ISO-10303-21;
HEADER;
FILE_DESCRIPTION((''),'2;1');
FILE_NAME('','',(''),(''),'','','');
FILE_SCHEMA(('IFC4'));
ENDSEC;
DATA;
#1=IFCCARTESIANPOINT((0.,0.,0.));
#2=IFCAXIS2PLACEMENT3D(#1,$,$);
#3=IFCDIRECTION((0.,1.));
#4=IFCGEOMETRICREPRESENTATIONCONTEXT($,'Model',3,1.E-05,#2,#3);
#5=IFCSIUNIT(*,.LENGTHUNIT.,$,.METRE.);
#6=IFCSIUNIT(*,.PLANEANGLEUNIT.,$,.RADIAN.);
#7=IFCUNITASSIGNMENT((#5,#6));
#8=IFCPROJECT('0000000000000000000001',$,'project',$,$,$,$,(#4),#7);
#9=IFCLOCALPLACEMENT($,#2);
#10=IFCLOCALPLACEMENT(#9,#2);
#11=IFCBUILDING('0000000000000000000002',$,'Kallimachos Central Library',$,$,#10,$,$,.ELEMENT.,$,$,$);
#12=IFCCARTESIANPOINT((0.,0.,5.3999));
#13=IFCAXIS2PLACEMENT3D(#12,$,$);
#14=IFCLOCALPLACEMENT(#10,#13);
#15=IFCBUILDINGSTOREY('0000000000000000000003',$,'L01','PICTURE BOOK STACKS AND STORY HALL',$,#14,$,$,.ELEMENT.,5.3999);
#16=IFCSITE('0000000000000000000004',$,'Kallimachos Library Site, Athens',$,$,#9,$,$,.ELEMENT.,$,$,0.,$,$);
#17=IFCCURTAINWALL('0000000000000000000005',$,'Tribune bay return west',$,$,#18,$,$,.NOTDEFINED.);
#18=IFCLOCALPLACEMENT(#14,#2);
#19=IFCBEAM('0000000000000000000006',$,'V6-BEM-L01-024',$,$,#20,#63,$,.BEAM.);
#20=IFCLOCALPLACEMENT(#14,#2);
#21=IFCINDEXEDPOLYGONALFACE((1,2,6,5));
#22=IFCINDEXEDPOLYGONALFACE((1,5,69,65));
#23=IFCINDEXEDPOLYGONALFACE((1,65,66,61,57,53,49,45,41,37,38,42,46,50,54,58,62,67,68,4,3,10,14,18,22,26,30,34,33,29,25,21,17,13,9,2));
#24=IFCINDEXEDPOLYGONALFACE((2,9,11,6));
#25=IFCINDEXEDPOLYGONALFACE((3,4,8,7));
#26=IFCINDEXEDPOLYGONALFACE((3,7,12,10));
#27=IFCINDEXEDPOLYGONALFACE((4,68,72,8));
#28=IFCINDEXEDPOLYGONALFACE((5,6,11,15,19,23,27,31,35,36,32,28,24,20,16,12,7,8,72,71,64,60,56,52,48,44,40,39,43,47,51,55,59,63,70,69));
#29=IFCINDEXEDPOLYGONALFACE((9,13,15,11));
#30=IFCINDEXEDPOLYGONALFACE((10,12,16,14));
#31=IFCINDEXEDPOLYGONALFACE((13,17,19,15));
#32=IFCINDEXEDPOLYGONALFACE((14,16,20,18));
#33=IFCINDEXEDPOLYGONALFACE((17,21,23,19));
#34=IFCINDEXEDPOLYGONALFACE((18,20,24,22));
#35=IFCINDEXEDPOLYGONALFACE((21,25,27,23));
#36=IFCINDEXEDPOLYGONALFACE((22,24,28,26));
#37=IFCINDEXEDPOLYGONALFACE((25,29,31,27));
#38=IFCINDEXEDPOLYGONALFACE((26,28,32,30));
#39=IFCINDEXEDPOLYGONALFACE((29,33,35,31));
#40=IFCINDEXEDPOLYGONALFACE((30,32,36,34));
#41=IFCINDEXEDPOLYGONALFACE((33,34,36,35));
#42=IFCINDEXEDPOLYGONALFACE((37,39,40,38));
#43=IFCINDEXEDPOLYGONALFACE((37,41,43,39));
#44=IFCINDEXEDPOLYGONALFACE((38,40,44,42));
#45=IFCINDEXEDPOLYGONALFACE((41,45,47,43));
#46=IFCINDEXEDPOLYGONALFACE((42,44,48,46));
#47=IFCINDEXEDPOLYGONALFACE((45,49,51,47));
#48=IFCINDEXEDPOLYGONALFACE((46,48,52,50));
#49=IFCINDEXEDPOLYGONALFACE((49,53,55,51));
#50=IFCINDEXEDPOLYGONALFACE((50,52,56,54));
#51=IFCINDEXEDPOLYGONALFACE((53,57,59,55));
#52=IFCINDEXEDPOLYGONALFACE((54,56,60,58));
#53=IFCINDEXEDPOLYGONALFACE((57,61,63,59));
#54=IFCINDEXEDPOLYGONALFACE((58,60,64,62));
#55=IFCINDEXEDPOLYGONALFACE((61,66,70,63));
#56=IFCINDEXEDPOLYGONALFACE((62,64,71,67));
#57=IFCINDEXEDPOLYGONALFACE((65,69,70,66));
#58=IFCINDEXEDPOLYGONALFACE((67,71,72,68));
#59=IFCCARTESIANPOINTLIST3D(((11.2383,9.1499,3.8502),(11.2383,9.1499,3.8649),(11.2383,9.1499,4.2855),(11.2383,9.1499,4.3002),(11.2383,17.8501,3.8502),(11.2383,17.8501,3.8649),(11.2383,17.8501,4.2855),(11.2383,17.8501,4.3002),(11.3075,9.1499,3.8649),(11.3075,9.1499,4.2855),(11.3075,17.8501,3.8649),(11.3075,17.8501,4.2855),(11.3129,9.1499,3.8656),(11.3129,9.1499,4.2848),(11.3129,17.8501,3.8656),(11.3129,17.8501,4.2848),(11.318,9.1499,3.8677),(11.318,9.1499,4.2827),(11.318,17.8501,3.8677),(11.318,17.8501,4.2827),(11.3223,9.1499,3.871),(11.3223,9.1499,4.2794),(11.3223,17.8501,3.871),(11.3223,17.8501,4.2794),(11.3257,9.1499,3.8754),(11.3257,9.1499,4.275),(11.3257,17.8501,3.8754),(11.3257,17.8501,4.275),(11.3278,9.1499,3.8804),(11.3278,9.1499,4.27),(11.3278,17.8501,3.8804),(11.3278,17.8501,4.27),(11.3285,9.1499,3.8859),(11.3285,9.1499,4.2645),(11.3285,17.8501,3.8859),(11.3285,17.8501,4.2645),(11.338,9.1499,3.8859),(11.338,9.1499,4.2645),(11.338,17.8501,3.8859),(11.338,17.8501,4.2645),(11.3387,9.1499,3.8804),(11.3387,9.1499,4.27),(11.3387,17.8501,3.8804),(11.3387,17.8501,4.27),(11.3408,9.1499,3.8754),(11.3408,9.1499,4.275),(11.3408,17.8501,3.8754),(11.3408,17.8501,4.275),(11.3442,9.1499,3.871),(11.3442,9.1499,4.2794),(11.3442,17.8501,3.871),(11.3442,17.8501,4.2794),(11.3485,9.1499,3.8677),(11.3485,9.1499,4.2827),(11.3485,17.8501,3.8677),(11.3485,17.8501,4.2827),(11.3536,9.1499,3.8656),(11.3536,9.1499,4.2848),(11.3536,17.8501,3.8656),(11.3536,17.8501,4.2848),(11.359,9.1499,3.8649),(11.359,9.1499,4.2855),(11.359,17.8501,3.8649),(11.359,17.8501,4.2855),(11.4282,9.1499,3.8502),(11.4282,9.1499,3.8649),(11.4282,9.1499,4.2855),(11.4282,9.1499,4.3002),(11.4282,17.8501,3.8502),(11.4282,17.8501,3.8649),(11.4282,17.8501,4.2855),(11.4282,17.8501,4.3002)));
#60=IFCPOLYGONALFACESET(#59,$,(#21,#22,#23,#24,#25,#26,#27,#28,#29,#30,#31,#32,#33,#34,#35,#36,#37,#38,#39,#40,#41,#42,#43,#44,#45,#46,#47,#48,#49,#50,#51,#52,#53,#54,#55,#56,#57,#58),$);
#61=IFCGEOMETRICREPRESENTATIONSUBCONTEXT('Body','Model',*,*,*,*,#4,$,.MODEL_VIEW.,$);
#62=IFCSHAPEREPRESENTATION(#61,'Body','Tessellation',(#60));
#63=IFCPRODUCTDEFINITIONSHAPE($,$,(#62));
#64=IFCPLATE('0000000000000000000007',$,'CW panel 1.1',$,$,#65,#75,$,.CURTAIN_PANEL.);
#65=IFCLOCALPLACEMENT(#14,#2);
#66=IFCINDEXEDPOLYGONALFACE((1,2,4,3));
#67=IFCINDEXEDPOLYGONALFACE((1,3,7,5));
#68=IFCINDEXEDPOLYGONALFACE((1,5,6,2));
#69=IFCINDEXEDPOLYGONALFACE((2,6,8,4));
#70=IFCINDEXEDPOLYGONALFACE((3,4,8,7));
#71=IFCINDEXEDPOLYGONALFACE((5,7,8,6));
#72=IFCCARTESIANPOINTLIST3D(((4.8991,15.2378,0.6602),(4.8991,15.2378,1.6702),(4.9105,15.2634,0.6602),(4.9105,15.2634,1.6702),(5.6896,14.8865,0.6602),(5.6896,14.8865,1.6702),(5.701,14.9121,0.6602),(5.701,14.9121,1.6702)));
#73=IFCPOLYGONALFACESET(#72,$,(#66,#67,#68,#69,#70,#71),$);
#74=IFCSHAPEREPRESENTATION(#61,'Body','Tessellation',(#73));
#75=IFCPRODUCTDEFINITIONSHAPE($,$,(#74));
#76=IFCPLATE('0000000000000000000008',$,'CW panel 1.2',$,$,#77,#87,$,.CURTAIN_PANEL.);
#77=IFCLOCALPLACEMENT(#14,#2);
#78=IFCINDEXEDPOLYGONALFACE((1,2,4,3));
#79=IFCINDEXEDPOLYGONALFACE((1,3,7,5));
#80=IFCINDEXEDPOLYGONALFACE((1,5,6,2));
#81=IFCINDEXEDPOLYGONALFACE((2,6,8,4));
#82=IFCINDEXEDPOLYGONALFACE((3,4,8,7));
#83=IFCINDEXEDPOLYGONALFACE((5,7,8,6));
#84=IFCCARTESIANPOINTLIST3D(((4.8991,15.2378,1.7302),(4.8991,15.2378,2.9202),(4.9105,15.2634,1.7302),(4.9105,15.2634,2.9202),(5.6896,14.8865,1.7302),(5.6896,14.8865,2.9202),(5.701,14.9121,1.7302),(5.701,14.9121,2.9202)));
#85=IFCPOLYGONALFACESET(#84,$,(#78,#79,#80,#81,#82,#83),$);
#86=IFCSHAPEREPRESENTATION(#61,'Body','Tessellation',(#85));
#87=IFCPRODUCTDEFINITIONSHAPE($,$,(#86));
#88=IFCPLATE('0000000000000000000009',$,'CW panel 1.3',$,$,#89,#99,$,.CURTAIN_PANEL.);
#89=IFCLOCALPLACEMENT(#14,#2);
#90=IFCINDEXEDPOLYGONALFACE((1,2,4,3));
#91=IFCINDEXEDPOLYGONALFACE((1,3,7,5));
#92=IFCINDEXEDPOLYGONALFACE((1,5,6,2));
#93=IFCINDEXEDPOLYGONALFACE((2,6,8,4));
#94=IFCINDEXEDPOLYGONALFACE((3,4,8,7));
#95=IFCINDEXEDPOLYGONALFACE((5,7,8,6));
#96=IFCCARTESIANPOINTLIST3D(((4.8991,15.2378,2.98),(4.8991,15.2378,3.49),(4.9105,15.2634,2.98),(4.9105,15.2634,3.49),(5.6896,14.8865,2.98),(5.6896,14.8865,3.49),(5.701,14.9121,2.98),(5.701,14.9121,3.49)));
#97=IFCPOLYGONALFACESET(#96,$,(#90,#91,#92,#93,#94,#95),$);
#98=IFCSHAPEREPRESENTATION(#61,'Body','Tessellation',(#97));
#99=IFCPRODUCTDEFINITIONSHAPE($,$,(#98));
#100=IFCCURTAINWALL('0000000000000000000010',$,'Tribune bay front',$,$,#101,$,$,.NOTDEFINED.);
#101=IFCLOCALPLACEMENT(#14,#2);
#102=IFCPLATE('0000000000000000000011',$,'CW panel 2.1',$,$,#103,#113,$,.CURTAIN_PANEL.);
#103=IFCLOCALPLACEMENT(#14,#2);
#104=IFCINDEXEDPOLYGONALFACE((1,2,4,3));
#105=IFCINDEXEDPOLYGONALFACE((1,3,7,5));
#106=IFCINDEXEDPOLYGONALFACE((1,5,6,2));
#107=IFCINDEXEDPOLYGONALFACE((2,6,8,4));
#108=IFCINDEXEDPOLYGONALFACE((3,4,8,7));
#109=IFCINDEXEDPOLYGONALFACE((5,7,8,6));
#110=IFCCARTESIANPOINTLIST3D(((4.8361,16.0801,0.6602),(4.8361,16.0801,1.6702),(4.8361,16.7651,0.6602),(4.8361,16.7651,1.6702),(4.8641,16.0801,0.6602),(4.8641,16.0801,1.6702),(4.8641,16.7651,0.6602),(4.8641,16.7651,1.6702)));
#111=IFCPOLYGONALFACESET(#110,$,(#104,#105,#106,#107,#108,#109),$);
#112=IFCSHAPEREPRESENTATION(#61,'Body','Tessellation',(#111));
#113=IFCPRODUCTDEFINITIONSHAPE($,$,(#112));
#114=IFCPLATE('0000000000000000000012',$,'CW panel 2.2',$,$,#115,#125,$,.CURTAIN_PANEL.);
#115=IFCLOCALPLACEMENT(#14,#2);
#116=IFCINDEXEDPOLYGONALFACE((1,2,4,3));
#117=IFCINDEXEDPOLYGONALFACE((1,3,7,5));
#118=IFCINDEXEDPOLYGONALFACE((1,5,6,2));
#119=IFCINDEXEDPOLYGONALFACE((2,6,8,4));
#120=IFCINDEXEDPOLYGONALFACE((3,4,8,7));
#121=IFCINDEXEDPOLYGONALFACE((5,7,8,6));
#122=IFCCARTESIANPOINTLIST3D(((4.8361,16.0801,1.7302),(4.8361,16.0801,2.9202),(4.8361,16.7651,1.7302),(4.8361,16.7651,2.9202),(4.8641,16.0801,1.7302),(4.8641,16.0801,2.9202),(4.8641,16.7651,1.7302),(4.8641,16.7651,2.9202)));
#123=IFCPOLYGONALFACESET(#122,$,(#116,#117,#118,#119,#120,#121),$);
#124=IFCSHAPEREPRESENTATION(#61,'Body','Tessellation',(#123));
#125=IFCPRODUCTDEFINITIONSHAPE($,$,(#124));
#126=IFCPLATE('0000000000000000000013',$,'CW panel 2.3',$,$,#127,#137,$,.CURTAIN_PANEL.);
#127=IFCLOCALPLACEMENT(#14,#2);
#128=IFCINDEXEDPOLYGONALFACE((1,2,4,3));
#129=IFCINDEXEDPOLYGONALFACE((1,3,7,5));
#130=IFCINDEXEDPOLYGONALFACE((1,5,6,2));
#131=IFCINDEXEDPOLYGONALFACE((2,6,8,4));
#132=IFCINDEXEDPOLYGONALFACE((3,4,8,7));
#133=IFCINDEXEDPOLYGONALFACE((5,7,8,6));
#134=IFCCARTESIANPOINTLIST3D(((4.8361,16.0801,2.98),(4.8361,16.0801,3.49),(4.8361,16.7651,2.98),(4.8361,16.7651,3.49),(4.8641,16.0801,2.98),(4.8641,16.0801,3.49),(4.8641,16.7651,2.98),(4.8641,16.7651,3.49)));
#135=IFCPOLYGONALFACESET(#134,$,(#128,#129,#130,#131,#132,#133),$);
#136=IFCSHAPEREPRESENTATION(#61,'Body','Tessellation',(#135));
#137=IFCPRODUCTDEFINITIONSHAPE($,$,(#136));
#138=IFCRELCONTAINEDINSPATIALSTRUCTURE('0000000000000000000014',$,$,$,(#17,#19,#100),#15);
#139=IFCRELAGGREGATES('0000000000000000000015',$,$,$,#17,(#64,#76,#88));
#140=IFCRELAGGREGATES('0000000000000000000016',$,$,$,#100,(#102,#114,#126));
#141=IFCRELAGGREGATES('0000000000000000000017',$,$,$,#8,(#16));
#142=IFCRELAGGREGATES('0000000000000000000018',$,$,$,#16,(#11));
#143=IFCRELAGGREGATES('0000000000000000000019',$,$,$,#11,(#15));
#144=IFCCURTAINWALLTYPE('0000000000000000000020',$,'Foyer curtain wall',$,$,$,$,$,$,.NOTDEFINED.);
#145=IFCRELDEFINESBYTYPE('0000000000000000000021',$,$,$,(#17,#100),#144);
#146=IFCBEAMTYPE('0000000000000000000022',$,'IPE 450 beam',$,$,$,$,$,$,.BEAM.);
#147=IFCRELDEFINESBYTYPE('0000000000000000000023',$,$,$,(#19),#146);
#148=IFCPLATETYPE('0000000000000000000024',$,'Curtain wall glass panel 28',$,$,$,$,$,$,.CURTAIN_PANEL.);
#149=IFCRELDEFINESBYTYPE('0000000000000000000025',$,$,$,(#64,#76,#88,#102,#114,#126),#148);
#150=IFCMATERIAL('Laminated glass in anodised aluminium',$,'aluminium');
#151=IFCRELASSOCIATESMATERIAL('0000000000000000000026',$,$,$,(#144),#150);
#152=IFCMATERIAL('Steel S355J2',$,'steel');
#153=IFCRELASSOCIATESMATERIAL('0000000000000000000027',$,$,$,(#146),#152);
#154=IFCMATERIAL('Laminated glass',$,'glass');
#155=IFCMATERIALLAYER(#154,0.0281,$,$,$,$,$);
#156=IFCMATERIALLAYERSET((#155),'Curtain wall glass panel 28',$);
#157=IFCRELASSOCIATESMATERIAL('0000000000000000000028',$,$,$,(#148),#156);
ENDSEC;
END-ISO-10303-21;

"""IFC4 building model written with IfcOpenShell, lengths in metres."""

from ifc_helpers import new_model, si_unit, direction, frame, origin, origin_2d, place, context, subcontext, project, spatial, rectangle, i_section, extrude, material, layer, layer_set, material_profile, profile_set, type_object, element, aggregate, save


model = new_model("IFC4")

# Units and contexts
model_context = context("Model", 3, precision=1e-05, world=origin(), true_north=direction((0.0, 1.0)))
body_context = subcontext(model_context, "Body", "Model", "MODEL_VIEW")
ifc_project = project(units=[si_unit("LENGTHUNIT", "METRE"), si_unit("PLANEANGLEUNIT", "RADIAN")], contexts=[model_context])

# Site, building, storey
site_placement = place(None, origin())
site = spatial("IfcSite", under=ifc_project, at=site_placement, Name="Kallimachos Library Site, Athens", CompositionType="ELEMENT", RefElevation=0.0)
building_placement = place(site_placement, origin())
building = spatial("IfcBuilding", under=site, at=building_placement, Name="Kallimachos Central Library", CompositionType="ELEMENT")
storey_placement = place(building_placement, frame((0.0, 0.0, 5.3999)))
storey = spatial("IfcBuildingStorey", under=building, at=storey_placement, Name="L01", Description="PICTURE BOOK STACKS AND STORY HALL", CompositionType="ELEMENT", Elevation=5.3999)

# Shared definitions
ifc_material_1 = material(Name="Laminated glass in anodised aluminium", Category="aluminium")
curtain_wall_type = type_object("IfcCurtainWallType", Name="Foyer curtain wall", PredefinedType="NOTDEFINED", material=ifc_material_1)

# Curtain wall
curtain_wall_1_placement = place(storey_placement, origin())
curtain_wall_1 = element("IfcCurtainWall", 1, at=curtain_wall_1_placement, inside=storey, type_object=curtain_wall_type, Name="Tribune bay return west", PredefinedType="NOTDEFINED")

# Beam
ifc_material_2 = material(Name="Steel S355J2", Category="steel")
ifc_material_profile_1 = material_profile(ifc_material_2, i_section(OverallWidth=0.1899, OverallDepth=0.45, WebThickness=0.0095, FlangeThickness=0.0146, FilletRadius=0.021, at=origin_2d()), Name="IPE 450")
ifc_profile_set_1 = profile_set([ifc_material_profile_1], Name="Steel S355J2")
beam_type_1 = type_object("IfcBeamType", Name="IPE 450 beam", PredefinedType="BEAM", material=ifc_profile_set_1)
for number, where, z_axis, x_axis, name in (
    (2, (11.3333, 9.1499, 4.0752), (0.0, 1.0, 0.0), (-1.0, 0.0, 0.0), "V6-BEM-L01-024"),
):
    element("IfcBeam", number, at=place(storey_placement, frame(where, z_axis=z_axis, x_axis=x_axis)), inside=storey, type_object=beam_type_1, Name=name, PredefinedType="BEAM", context=body_context, shape_type="SweptSolid", body=[
        extrude(i_section(OverallWidth=0.1899, OverallDepth=0.45, WebThickness=0.0095, FlangeThickness=0.0146, FilletRadius=0.021, at=origin_2d()), origin(), (0.0, 0.0, 1.0), 8.7002),
    ])

# Plates
ifc_material_3 = material(Name="Laminated glass", Category="glass")
ifc_layer_1 = layer(ifc_material_3, 0.0281)
ifc_layer_set_1 = layer_set([ifc_layer_1], Name="Curtain wall glass panel 28")
plate_type = type_object("IfcPlateType", Name="Curtain wall glass panel 28", PredefinedType="CURTAIN_PANEL", material=ifc_layer_set_1)
plate_1_placement = place(storey_placement, frame((5.3, 15.075, 0.6602), z_axis=(0.0, 0.0, 1.0), x_axis=(-0.913812, 0.406138, 0.0)))
plate_1 = element("IfcPlate", 3, at=plate_1_placement, type_object=plate_type, Name="CW panel 1.1", PredefinedType="CURTAIN_PANEL", context=body_context, shape_type="SweptSolid", body=[
    extrude(rectangle(XDim=0.865, YDim=0.0281, at=origin_2d()), origin(), (0.0, 0.0, 1.0), 1.01),
])
plate_2_placement = place(storey_placement, frame((5.3, 15.075, 1.7302), z_axis=(0.0, 0.0, 1.0), x_axis=(-0.913812, 0.406138, 0.0)))
plate_2 = element("IfcPlate", 4, at=plate_2_placement, type_object=plate_type, Name="CW panel 1.2", PredefinedType="CURTAIN_PANEL", context=body_context, shape_type="SweptSolid", body=[
    extrude(rectangle(XDim=0.865, YDim=0.0281, at=origin_2d()), origin(), (0.0, 0.0, 1.0), 1.1899),
])
plate_3_placement = place(storey_placement, frame((5.3, 15.075, 2.98), z_axis=(0.0, 0.0, 1.0), x_axis=(-0.913812, 0.406138, 0.0)))
plate_3 = element("IfcPlate", 5, at=plate_3_placement, type_object=plate_type, Name="CW panel 1.3", PredefinedType="CURTAIN_PANEL", context=body_context, shape_type="SweptSolid", body=[
    extrude(rectangle(XDim=0.865, YDim=0.0281, at=origin_2d()), origin(), (0.0, 0.0, 1.0), 0.51),
])
aggregate(curtain_wall_1, [plate_1, plate_2, plate_3])

# Curtain wall, plates
curtain_wall_2_placement = place(storey_placement, origin())
curtain_wall_2 = element("IfcCurtainWall", 6, at=curtain_wall_2_placement, inside=storey, type_object=curtain_wall_type, Name="Tribune bay front", PredefinedType="NOTDEFINED")
plate_4_placement = place(storey_placement, frame((4.8501, 16.4226, 0.6602), z_axis=(0.0, 0.0, 1.0), x_axis=(0.0, 1.0, 0.0)))
plate_4 = element("IfcPlate", 7, at=plate_4_placement, type_object=plate_type, Name="CW panel 2.1", PredefinedType="CURTAIN_PANEL", context=body_context, shape_type="SweptSolid", body=[
    extrude(rectangle(XDim=0.6851, YDim=0.0281, at=origin_2d()), origin(), (0.0, 0.0, 1.0), 1.01),
])
plate_5_placement = place(storey_placement, frame((4.8501, 16.4226, 1.7302), z_axis=(0.0, 0.0, 1.0), x_axis=(0.0, 1.0, 0.0)))
plate_5 = element("IfcPlate", 8, at=plate_5_placement, type_object=plate_type, Name="CW panel 2.2", PredefinedType="CURTAIN_PANEL", context=body_context, shape_type="SweptSolid", body=[
    extrude(rectangle(XDim=0.6851, YDim=0.0281, at=origin_2d()), origin(), (0.0, 0.0, 1.0), 1.1899),
])
plate_6_placement = place(storey_placement, frame((4.8501, 16.4226, 2.98), z_axis=(0.0, 0.0, 1.0), x_axis=(0.0, 1.0, 0.0)))
plate_6 = element("IfcPlate", 9, at=plate_6_placement, type_object=plate_type, Name="CW panel 2.3", PredefinedType="CURTAIN_PANEL", context=body_context, shape_type="SweptSolid", body=[
    extrude(rectangle(XDim=0.6851, YDim=0.0281, at=origin_2d()), origin(), (0.0, 0.0, 1.0), 0.51),
])
aggregate(curtain_wall_2, [plate_4, plate_5, plate_6])

save(model, "model.ifc")
